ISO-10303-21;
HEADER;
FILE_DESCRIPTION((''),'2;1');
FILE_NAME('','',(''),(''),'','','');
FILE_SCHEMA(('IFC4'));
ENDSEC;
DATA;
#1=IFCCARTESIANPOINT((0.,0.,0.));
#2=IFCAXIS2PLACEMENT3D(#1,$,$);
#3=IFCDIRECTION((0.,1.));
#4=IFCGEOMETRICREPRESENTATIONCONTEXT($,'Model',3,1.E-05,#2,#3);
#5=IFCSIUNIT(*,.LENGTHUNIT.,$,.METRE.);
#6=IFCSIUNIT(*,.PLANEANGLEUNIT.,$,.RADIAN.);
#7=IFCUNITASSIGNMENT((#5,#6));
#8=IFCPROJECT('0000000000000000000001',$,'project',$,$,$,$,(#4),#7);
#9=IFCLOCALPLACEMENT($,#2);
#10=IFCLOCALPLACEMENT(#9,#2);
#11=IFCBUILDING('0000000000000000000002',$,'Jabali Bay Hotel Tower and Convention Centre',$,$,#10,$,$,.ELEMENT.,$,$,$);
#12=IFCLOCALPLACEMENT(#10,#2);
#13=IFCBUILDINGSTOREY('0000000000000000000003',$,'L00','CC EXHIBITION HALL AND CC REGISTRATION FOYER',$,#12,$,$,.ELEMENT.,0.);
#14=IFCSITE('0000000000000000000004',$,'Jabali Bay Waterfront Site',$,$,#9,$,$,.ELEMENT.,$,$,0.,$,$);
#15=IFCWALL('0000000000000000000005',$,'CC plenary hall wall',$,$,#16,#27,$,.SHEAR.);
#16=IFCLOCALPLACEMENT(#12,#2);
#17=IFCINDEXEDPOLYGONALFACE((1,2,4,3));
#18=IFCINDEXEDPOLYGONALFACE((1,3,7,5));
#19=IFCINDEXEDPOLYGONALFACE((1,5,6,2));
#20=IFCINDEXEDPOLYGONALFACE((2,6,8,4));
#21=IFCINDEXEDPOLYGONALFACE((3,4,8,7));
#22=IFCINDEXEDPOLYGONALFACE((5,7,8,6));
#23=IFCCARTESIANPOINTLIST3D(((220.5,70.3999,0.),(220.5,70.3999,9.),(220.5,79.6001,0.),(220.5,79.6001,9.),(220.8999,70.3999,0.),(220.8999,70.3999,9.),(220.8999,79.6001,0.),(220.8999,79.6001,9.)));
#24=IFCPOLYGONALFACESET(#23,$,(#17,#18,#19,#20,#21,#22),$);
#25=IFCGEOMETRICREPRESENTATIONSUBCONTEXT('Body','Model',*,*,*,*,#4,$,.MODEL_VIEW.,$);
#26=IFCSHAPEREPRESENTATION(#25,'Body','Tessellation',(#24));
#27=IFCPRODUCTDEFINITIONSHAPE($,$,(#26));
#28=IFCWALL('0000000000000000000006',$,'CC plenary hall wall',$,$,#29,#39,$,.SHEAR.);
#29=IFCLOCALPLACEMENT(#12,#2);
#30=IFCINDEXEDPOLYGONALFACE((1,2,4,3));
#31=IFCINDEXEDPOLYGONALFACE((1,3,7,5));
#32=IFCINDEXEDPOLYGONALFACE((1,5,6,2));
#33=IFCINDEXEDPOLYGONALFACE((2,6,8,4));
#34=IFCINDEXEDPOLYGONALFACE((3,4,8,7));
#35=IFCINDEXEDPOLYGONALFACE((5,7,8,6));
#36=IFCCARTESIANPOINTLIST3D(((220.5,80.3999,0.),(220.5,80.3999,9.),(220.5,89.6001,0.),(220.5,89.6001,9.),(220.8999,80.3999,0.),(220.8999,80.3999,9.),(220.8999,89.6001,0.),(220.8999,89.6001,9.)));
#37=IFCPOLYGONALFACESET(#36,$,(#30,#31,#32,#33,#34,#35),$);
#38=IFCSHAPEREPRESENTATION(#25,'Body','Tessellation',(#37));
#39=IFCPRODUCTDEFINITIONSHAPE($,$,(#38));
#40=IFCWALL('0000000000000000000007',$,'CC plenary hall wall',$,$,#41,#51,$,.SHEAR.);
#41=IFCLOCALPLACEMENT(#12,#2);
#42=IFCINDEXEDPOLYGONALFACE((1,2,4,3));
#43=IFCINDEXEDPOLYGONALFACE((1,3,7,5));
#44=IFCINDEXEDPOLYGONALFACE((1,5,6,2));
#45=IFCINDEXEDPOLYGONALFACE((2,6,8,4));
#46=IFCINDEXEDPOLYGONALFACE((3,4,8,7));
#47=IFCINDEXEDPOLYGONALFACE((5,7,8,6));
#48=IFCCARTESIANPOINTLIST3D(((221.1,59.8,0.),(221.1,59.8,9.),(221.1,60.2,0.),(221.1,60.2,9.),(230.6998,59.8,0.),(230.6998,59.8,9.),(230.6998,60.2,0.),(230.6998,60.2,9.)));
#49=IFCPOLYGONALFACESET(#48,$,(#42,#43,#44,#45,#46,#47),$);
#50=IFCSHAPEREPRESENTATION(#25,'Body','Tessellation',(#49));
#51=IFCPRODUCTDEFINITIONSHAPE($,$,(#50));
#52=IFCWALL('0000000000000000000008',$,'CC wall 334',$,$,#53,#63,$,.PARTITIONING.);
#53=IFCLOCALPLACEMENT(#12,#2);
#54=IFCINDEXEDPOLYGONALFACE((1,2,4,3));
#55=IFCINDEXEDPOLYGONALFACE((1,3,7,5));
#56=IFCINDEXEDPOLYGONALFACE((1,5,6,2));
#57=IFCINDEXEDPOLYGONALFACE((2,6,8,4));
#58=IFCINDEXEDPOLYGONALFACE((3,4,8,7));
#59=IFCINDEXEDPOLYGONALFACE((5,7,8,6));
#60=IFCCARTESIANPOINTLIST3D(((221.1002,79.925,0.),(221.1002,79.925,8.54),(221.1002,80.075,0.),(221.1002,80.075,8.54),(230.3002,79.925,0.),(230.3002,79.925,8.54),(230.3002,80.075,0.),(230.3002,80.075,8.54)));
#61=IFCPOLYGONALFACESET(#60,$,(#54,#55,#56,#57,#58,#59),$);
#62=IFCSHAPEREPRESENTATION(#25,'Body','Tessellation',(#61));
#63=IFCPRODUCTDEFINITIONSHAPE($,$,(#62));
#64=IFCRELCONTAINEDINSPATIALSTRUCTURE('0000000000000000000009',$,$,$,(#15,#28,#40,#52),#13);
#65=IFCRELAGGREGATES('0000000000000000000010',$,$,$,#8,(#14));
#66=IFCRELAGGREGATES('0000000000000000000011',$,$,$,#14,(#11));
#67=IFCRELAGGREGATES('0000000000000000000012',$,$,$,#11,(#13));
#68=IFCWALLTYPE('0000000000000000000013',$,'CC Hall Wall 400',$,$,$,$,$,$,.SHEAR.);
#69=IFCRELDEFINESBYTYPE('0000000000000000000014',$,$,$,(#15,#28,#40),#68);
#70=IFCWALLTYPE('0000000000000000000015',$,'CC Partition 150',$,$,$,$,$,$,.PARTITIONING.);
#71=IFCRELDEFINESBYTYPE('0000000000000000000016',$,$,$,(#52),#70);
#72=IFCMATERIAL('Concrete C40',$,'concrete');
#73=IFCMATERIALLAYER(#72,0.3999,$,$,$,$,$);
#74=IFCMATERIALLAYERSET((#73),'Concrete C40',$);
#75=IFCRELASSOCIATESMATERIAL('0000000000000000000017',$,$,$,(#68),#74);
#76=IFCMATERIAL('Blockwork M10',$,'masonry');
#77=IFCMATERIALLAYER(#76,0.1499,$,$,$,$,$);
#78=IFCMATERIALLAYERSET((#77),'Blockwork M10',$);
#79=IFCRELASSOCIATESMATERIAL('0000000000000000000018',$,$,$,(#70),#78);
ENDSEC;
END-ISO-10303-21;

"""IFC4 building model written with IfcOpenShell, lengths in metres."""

from ifc_helpers import new_model, si_unit, direction, frame, frame_2d, origin, place, context, subcontext, project, spatial, rectangle, extrude, material, layer, layer_set, type_object, element, save


model = new_model("IFC4")

# Units and contexts
model_context = context("Model", 3, precision=1e-05, world=origin(), true_north=direction((0.0, 1.0)))
body_context = subcontext(model_context, "Body", "Model", "MODEL_VIEW")
ifc_project = project(units=[si_unit("LENGTHUNIT", "METRE"), si_unit("PLANEANGLEUNIT", "RADIAN")], contexts=[model_context])

# Site, building, storey
site_placement = place(None, origin())
site = spatial("IfcSite", under=ifc_project, at=site_placement, Name="Jabali Bay Waterfront Site", CompositionType="ELEMENT", RefElevation=0.0)
building_placement = place(site_placement, origin())
building = spatial("IfcBuilding", under=site, at=building_placement, Name="Jabali Bay Hotel Tower and Convention Centre", CompositionType="ELEMENT")
storey_placement = place(building_placement, origin())
storey = spatial("IfcBuildingStorey", under=building, at=storey_placement, Name="L00", Description="CC EXHIBITION HALL AND CC REGISTRATION FOYER", CompositionType="ELEMENT", Elevation=0.0)

# Walls
ifc_material_1 = material(Name="Concrete C40", Category="concrete")
ifc_layer_1 = layer(ifc_material_1, 0.3999)
ifc_layer_set_1 = layer_set([ifc_layer_1], Name="Concrete C40")
wall_type_1 = type_object("IfcWallType", Name="CC Hall Wall 400", PredefinedType="SHEAR", material=ifc_layer_set_1)
for number, where, z_axis, x_axis, name in (
    (1, (220.7, 70.3999, 0.0), (0.0, 0.0, 1.0), (0.0, 1.0, 0.0), "CC plenary hall wall"),
    (2, (220.7, 80.3999, 0.0), (0.0, 0.0, 1.0), (0.0, 1.0, 0.0), "CC plenary hall wall"),
):
    element("IfcWall", number, at=place(storey_placement, frame(where, z_axis=z_axis, x_axis=x_axis)), inside=storey, type_object=wall_type_1, Name=name, PredefinedType="SHEAR", context=body_context, shape_type="SweptSolid", body=[
        extrude(rectangle(XDim=9.2002, YDim=0.3999, at=frame_2d((4.6001, 0.0))), origin(), (0.0, 0.0, 1.0), 9.0),
    ])
wall_1_placement = place(storey_placement, frame((221.1001, 60.0, 0.0), z_axis=(0.0, 0.0, 1.0), x_axis=(1.0, 0.0, 0.0)))
element("IfcWall", 3, at=wall_1_placement, inside=storey, type_object=wall_type_1, Name="CC plenary hall wall", PredefinedType="SHEAR", context=body_context, shape_type="SweptSolid", body=[
    extrude(rectangle(XDim=9.5999, YDim=0.3999, at=frame_2d((4.7998, 0.0))), origin(), (0.0, 0.0, 1.0), 9.0),
])
ifc_material_2 = material(Name="Blockwork M10", Category="masonry")
ifc_layer_2 = layer(ifc_material_2, 0.1499)
ifc_layer_set_2 = layer_set([ifc_layer_2], Name="Blockwork M10")
wall_type_2 = type_object("IfcWallType", Name="CC Partition 150", PredefinedType="PARTITIONING", material=ifc_layer_set_2)
wall_2_placement = place(storey_placement, frame((221.1001, 80.0, 0.0), z_axis=(0.0, 0.0, 1.0), x_axis=(1.0, 0.0, 0.0)))
element("IfcWall", 4, at=wall_2_placement, inside=storey, type_object=wall_type_2, Name="CC wall 334", PredefinedType="PARTITIONING", context=body_context, shape_type="SweptSolid", body=[
    extrude(rectangle(XDim=9.2, YDim=0.1499, at=frame_2d((4.6001, 0.0))), origin(), (0.0, 0.0, 1.0), 8.54),
])

save(model, "model.ifc")
